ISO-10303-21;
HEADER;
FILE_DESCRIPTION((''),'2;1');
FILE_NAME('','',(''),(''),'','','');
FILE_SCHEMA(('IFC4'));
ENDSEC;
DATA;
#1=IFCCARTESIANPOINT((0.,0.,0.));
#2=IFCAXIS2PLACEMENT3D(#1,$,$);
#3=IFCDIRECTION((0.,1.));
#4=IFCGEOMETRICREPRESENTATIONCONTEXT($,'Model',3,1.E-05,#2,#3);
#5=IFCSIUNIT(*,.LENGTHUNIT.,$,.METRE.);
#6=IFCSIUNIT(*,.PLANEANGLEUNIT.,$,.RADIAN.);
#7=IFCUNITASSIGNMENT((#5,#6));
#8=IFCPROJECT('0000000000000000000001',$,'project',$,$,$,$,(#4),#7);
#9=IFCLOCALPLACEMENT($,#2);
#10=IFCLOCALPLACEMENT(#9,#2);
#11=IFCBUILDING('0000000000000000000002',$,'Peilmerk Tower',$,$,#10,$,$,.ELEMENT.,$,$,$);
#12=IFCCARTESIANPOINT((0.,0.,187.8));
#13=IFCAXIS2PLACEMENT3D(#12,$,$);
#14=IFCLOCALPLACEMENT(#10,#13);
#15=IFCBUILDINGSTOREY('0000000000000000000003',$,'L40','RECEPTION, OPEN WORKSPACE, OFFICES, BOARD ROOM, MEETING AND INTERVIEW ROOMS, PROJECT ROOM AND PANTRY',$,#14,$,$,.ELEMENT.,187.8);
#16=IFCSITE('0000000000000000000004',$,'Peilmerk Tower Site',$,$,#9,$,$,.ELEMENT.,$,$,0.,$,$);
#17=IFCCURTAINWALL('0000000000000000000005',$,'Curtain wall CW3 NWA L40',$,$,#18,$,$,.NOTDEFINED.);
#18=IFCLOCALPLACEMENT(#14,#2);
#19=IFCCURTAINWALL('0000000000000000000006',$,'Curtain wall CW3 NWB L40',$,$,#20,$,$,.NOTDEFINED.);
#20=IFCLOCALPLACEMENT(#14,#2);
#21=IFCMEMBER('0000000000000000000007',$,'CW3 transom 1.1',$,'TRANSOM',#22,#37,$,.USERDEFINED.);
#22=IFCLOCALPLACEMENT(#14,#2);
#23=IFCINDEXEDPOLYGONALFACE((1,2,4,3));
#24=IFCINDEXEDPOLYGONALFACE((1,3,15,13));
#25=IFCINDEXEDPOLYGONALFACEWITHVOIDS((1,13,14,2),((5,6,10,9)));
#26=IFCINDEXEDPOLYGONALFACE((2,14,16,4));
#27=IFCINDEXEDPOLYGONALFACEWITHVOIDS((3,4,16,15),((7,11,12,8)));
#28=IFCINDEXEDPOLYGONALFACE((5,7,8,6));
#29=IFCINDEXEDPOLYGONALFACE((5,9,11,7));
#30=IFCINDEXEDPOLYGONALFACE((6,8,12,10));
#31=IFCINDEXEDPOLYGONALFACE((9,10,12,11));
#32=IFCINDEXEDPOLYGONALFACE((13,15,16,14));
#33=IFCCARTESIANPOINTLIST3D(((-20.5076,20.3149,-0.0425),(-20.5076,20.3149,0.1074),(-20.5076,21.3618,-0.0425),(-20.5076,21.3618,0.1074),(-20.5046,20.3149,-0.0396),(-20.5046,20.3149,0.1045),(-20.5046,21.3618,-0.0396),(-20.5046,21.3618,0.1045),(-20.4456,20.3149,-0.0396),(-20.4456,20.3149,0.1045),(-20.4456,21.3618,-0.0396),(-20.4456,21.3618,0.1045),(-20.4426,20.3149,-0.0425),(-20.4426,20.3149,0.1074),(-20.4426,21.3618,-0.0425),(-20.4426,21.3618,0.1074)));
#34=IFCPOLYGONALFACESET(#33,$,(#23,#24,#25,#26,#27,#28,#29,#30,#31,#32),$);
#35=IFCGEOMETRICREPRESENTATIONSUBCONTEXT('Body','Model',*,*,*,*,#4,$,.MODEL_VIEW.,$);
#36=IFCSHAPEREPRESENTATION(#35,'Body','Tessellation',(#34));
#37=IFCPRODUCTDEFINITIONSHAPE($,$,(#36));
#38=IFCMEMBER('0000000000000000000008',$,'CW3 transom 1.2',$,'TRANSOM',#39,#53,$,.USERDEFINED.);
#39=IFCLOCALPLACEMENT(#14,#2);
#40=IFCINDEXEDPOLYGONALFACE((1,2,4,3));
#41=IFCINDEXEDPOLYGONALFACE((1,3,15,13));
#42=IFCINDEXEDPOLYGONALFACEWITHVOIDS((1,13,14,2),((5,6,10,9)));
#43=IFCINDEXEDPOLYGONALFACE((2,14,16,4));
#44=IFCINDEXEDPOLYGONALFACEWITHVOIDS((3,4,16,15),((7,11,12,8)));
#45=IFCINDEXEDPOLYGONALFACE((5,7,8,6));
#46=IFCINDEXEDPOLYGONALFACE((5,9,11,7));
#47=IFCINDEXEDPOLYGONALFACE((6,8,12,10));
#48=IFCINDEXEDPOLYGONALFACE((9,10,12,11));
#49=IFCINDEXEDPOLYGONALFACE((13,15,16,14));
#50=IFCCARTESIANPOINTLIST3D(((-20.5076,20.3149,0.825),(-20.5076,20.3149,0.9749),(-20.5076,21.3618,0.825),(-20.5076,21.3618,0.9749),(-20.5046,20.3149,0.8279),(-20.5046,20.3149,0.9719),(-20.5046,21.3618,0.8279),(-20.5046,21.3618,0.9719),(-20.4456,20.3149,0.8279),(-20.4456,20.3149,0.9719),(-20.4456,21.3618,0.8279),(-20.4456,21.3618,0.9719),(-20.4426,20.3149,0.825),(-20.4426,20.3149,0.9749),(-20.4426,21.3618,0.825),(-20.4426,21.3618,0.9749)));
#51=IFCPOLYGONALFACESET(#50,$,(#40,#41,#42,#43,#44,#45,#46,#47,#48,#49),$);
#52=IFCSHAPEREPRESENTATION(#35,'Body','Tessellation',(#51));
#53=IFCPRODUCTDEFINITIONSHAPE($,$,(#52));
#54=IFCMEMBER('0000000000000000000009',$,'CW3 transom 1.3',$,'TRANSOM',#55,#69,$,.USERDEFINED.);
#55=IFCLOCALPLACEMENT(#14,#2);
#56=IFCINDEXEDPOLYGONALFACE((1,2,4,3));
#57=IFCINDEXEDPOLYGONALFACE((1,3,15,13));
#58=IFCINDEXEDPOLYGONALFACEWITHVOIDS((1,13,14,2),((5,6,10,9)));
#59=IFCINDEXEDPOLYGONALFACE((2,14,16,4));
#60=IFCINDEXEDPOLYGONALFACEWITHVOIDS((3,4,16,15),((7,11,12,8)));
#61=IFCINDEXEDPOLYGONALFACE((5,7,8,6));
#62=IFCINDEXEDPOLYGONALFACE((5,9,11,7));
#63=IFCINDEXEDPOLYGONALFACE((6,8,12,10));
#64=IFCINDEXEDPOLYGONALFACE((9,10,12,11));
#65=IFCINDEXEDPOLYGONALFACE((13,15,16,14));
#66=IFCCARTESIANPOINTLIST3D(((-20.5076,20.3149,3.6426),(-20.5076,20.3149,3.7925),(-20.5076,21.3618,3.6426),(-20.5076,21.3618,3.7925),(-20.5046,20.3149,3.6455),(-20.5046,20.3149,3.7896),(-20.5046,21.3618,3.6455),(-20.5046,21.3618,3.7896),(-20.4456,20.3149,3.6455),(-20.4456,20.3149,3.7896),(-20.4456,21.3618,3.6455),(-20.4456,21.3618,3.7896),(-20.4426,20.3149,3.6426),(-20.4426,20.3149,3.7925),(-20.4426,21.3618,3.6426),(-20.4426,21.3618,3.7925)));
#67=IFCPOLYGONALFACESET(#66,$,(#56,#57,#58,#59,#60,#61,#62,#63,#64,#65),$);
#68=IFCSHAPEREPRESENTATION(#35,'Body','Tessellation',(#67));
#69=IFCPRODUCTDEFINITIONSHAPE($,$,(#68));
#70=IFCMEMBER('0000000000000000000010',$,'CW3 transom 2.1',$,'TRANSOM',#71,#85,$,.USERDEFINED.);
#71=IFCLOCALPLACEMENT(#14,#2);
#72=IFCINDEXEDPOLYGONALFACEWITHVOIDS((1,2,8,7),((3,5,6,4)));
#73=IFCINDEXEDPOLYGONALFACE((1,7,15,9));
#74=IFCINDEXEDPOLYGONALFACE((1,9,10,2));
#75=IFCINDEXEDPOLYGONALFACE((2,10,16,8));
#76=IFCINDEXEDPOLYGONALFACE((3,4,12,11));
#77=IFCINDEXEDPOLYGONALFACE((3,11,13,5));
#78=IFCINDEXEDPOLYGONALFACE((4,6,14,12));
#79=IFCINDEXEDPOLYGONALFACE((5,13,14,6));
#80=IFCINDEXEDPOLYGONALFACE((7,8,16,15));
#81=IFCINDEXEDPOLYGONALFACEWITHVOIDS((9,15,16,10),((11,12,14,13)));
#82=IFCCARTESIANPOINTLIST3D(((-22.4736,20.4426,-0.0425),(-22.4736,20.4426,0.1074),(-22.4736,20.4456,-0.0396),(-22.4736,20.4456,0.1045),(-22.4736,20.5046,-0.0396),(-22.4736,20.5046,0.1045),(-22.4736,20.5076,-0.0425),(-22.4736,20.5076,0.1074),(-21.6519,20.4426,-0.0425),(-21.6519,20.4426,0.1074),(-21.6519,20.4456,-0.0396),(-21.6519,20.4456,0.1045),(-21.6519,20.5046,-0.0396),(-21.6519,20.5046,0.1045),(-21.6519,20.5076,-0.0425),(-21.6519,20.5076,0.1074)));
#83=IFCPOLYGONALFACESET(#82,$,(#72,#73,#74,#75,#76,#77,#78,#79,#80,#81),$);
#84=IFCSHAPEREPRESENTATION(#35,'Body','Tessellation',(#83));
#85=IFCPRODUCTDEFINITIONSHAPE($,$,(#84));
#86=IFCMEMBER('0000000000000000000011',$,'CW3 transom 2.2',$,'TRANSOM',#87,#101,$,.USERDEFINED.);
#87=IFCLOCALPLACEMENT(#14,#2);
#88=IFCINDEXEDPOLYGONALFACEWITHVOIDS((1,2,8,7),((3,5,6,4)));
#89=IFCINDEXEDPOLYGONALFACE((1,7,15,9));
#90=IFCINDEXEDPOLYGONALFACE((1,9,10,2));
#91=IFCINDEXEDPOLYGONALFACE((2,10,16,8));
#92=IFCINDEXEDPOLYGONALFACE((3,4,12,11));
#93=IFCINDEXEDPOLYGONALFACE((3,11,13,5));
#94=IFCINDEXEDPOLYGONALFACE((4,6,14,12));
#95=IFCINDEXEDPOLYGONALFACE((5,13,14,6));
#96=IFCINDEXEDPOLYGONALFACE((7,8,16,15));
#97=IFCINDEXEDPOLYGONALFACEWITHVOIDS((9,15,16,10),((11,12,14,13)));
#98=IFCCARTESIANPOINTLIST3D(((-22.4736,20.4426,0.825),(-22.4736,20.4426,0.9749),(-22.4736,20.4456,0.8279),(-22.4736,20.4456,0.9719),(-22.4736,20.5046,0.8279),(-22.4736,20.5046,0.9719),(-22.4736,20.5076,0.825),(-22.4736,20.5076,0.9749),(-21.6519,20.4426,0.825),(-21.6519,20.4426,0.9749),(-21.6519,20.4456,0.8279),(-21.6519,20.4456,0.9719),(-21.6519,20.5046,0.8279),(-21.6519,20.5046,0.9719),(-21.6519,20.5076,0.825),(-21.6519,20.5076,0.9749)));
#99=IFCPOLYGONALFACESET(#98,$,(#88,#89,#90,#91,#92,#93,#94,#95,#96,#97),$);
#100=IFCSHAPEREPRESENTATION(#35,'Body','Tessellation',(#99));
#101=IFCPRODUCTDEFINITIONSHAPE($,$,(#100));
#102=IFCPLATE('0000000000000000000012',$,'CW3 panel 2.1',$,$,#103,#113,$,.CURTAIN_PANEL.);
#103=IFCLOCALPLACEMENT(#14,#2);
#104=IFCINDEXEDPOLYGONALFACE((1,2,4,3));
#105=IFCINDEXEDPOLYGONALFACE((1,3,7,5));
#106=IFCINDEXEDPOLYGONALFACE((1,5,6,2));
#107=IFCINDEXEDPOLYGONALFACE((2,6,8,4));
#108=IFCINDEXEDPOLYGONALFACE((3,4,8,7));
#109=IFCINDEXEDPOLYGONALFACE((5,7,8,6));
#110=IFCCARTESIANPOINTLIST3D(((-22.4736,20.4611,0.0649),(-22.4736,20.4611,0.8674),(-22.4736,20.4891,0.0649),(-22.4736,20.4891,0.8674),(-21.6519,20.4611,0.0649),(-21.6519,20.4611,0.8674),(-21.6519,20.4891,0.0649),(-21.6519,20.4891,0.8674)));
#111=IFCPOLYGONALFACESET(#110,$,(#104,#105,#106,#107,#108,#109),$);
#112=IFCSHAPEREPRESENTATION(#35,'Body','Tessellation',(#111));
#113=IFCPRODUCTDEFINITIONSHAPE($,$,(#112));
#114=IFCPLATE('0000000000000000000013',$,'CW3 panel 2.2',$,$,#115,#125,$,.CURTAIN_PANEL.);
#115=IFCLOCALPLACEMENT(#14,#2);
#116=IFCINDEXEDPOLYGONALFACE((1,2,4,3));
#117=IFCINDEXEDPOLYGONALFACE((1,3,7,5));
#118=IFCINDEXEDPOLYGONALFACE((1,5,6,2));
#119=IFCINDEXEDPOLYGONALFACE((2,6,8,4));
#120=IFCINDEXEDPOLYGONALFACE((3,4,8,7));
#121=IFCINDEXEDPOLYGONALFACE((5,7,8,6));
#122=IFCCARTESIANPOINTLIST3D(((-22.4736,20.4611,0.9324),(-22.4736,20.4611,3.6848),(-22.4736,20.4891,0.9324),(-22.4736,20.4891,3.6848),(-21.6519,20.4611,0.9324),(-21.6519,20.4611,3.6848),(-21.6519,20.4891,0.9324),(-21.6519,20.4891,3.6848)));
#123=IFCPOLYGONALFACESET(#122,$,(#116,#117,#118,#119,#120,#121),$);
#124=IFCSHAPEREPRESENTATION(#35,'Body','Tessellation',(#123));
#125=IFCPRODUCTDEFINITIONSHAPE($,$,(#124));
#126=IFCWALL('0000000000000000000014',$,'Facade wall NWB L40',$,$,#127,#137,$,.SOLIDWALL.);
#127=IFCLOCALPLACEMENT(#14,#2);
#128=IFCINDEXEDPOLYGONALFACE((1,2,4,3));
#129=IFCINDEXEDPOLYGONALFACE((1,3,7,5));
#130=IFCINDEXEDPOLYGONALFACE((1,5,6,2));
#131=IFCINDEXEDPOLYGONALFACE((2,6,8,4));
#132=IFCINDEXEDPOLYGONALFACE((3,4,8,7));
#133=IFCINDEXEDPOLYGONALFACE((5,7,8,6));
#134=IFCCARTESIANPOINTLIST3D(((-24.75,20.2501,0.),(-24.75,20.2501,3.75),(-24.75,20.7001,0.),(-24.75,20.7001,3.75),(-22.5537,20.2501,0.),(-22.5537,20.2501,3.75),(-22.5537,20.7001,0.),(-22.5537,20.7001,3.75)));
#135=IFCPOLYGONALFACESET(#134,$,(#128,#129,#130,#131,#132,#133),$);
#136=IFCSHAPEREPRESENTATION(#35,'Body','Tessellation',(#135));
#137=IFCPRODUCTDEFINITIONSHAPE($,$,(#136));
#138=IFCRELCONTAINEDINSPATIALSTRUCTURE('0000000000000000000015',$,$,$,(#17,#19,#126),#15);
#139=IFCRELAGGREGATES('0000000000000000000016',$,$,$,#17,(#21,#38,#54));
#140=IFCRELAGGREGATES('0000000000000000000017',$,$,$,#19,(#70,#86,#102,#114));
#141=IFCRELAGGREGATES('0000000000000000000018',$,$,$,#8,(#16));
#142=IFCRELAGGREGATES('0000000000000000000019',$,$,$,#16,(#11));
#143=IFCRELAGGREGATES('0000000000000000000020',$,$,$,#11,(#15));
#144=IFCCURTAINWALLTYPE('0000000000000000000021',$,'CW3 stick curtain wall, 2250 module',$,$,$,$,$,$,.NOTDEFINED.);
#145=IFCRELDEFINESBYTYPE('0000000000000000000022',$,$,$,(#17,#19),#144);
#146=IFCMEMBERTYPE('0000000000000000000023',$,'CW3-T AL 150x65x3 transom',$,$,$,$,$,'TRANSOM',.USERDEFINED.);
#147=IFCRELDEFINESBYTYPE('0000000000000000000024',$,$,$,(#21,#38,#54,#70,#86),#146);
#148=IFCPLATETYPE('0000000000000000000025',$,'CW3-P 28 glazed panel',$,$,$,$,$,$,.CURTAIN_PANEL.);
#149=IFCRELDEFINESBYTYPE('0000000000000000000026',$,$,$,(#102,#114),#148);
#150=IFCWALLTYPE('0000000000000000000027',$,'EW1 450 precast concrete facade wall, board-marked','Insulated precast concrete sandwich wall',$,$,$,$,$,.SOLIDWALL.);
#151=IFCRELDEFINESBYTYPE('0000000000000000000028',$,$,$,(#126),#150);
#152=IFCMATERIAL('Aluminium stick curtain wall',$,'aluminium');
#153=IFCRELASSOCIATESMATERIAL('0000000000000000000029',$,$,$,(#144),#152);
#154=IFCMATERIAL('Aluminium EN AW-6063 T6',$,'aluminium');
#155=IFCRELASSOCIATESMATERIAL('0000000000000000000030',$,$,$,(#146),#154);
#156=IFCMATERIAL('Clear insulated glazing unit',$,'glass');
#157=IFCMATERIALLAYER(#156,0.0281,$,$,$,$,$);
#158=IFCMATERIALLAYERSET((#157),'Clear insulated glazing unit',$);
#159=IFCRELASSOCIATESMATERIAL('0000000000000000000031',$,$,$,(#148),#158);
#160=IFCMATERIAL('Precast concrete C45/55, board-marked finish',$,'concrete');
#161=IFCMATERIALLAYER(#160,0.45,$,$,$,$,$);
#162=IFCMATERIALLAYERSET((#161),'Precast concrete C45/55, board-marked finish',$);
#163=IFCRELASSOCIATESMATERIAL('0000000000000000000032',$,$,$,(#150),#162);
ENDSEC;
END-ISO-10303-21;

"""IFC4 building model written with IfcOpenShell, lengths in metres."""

from ifc_helpers import new_model, si_unit, direction, frame, frame_2d, origin, origin_2d, place, context, subcontext, project, spatial, rectangle, hollow_rectangle, extrude, material, layer, layer_set, material_profile, profile_set, type_object, element, aggregate, save


model = new_model("IFC4")

# Units and contexts
model_context = context("Model", 3, precision=1e-05, world=origin(), true_north=direction((0.0, 1.0)))
body_context = subcontext(model_context, "Body", "Model", "MODEL_VIEW")
ifc_project = project(units=[si_unit("LENGTHUNIT", "METRE"), si_unit("PLANEANGLEUNIT", "RADIAN")], contexts=[model_context])

# Site, building, storey
site_placement = place(None, origin())
site = spatial("IfcSite", under=ifc_project, at=site_placement, Name="Peilmerk Tower Site", CompositionType="ELEMENT", RefElevation=0.0)
building_placement = place(site_placement, origin())
building = spatial("IfcBuilding", under=site, at=building_placement, Name="Peilmerk Tower", CompositionType="ELEMENT")
storey_placement = place(building_placement, frame((0.0, 0.0, 187.8)))
storey = spatial("IfcBuildingStorey", under=building, at=storey_placement, Name="L40", Description="RECEPTION, OPEN WORKSPACE, OFFICES, BOARD ROOM, MEETING AND INTERVIEW ROOMS, PROJECT ROOM AND PANTRY", CompositionType="ELEMENT", Elevation=187.8)

# Curtain walls
ifc_material_1 = material(Name="Aluminium stick curtain wall", Category="aluminium")
curtain_wall_type = type_object("IfcCurtainWallType", Name="CW3 stick curtain wall, 2250 module", PredefinedType="NOTDEFINED", material=ifc_material_1)
curtain_wall_1_placement = place(storey_placement, origin())
curtain_wall_1 = element("IfcCurtainWall", 1, at=curtain_wall_1_placement, inside=storey, type_object=curtain_wall_type, Name="Curtain wall CW3 NWA L40", PredefinedType="NOTDEFINED")
ifc_material_2 = material(Name="Aluminium EN AW-6063 T6", Category="aluminium")
curtain_wall_2_placement = place(storey_placement, origin())
curtain_wall_2 = element("IfcCurtainWall", 2, at=curtain_wall_2_placement, inside=storey, type_object=curtain_wall_type, Name="Curtain wall CW3 NWB L40", PredefinedType="NOTDEFINED")

# Members
ifc_material_profile_1 = material_profile(ifc_material_2, hollow_rectangle(XDim=0.0649, YDim=0.1499, WallThickness=0.0029, at=origin_2d()), Name="AL 150x65x3")
ifc_profile_set_1 = profile_set([ifc_material_profile_1], Name="Aluminium EN AW-6063 T6")
member_type_1 = type_object("IfcMemberType", Name="CW3-T AL 150x65x3 transom", ElementType="TRANSOM", PredefinedType="USERDEFINED", material=ifc_profile_set_1)
member_1_placement = place(storey_placement, frame((-20.4751, 20.3149, 0.0325), z_axis=(0.0, 1.0, 0.0), x_axis=(-1.0, 0.0, 0.0)))
member_1 = element("IfcMember", 3, at=member_1_placement, type_object=member_type_1, Name="CW3 transom 1.1", ObjectType="TRANSOM", PredefinedType="USERDEFINED", context=body_context, shape_type="SweptSolid", body=[
    extrude(hollow_rectangle(XDim=0.0649, YDim=0.1499, WallThickness=0.0029, at=origin_2d()), origin(), (0.0, 0.0, 1.0), 1.0469),
])
member_2_placement = place(storey_placement, frame((-20.4751, 20.3149, 0.8999), z_axis=(0.0, 1.0, 0.0), x_axis=(-1.0, 0.0, 0.0)))
member_2 = element("IfcMember", 4, at=member_2_placement, type_object=member_type_1, Name="CW3 transom 1.2", ObjectType="TRANSOM", PredefinedType="USERDEFINED", context=body_context, shape_type="SweptSolid", body=[
    extrude(hollow_rectangle(XDim=0.0649, YDim=0.1499, WallThickness=0.0029, at=origin_2d()), origin(), (0.0, 0.0, 1.0), 1.0469),
])
member_3_placement = place(storey_placement, frame((-20.4751, 20.3149, 3.7175), z_axis=(0.0, 1.0, 0.0), x_axis=(-1.0, 0.0, 0.0)))
member_3 = element("IfcMember", 5, at=member_3_placement, type_object=member_type_1, Name="CW3 transom 1.3", ObjectType="TRANSOM", PredefinedType="USERDEFINED", context=body_context, shape_type="SweptSolid", body=[
    extrude(hollow_rectangle(XDim=0.0649, YDim=0.1499, WallThickness=0.0029, at=origin_2d()), origin(), (0.0, 0.0, 1.0), 1.0469),
])
aggregate(curtain_wall_1, [member_1, member_2, member_3])
member_4_placement = place(storey_placement, frame((-21.6519, 20.4751, 0.0325), z_axis=(-1.0, 0.0, 0.0), x_axis=(0.0, -1.0, 0.0)))
member_4 = element("IfcMember", 6, at=member_4_placement, type_object=member_type_1, Name="CW3 transom 2.1", ObjectType="TRANSOM", PredefinedType="USERDEFINED", context=body_context, shape_type="SweptSolid", body=[
    extrude(hollow_rectangle(XDim=0.0649, YDim=0.1499, WallThickness=0.0029, at=origin_2d()), origin(), (0.0, 0.0, 1.0), 0.8218),
])
member_5_placement = place(storey_placement, frame((-21.6519, 20.4751, 0.8999), z_axis=(-1.0, 0.0, 0.0), x_axis=(0.0, -1.0, 0.0)))
member_5 = element("IfcMember", 7, at=member_5_placement, type_object=member_type_1, Name="CW3 transom 2.2", ObjectType="TRANSOM", PredefinedType="USERDEFINED", context=body_context, shape_type="SweptSolid", body=[
    extrude(hollow_rectangle(XDim=0.0649, YDim=0.1499, WallThickness=0.0029, at=origin_2d()), origin(), (0.0, 0.0, 1.0), 0.8218),
])

# Plates
ifc_material_3 = material(Name="Clear insulated glazing unit", Category="glass")
ifc_layer_1 = layer(ifc_material_3, 0.0281)
ifc_layer_set_1 = layer_set([ifc_layer_1], Name="Clear insulated glazing unit")
plate_type = type_object("IfcPlateType", Name="CW3-P 28 glazed panel", PredefinedType="CURTAIN_PANEL", material=ifc_layer_set_1)
plate_1_placement = place(storey_placement, frame((-22.0627, 20.4751, 0.0649), z_axis=(0.0, 0.0, 1.0), x_axis=(-1.0, 0.0, 0.0)))
plate_1 = element("IfcPlate", 8, at=plate_1_placement, type_object=plate_type, Name="CW3 panel 2.1", PredefinedType="CURTAIN_PANEL", context=body_context, shape_type="SweptSolid", body=[
    extrude(rectangle(XDim=0.8218, YDim=0.0281, at=origin_2d()), origin(), (0.0, 0.0, 1.0), 0.8025),
])
plate_2_placement = place(storey_placement, frame((-22.0627, 20.4751, 0.9324), z_axis=(0.0, 0.0, 1.0), x_axis=(-1.0, 0.0, 0.0)))
plate_2 = element("IfcPlate", 9, at=plate_2_placement, type_object=plate_type, Name="CW3 panel 2.2", PredefinedType="CURTAIN_PANEL", context=body_context, shape_type="SweptSolid", body=[
    extrude(rectangle(XDim=0.8218, YDim=0.0281, at=origin_2d()), origin(), (0.0, 0.0, 1.0), 2.7524),
])
aggregate(curtain_wall_2, [member_4, member_5, plate_1, plate_2])

# Wall
ifc_material_4 = material(Name="Precast concrete C45/55, board-marked finish", Category="concrete")
ifc_layer_2 = layer(ifc_material_4, 0.45)
ifc_layer_set_2 = layer_set([ifc_layer_2], Name="Precast concrete C45/55, board-marked finish")
wall_type_1 = type_object("IfcWallType", Name="EW1 450 precast concrete facade wall, board-marked", Description="Insulated precast concrete sandwich wall", PredefinedType="SOLIDWALL", material=ifc_layer_set_2)
wall_1_placement = place(storey_placement, frame((-22.5537, 20.4751, 0.0), z_axis=(0.0, 0.0, 1.0), x_axis=(-1.0, 0.0, 0.0)))
element("IfcWall", 10, at=wall_1_placement, inside=storey, type_object=wall_type_1, Name="Facade wall NWB L40", PredefinedType="SOLIDWALL", context=body_context, shape_type="SweptSolid", body=[
    extrude(rectangle(XDim=2.1963, YDim=0.45, at=frame_2d((1.0981, 0.0))), origin(), (0.0, 0.0, 1.0), 3.75),
])

save(model, "model.ifc")
